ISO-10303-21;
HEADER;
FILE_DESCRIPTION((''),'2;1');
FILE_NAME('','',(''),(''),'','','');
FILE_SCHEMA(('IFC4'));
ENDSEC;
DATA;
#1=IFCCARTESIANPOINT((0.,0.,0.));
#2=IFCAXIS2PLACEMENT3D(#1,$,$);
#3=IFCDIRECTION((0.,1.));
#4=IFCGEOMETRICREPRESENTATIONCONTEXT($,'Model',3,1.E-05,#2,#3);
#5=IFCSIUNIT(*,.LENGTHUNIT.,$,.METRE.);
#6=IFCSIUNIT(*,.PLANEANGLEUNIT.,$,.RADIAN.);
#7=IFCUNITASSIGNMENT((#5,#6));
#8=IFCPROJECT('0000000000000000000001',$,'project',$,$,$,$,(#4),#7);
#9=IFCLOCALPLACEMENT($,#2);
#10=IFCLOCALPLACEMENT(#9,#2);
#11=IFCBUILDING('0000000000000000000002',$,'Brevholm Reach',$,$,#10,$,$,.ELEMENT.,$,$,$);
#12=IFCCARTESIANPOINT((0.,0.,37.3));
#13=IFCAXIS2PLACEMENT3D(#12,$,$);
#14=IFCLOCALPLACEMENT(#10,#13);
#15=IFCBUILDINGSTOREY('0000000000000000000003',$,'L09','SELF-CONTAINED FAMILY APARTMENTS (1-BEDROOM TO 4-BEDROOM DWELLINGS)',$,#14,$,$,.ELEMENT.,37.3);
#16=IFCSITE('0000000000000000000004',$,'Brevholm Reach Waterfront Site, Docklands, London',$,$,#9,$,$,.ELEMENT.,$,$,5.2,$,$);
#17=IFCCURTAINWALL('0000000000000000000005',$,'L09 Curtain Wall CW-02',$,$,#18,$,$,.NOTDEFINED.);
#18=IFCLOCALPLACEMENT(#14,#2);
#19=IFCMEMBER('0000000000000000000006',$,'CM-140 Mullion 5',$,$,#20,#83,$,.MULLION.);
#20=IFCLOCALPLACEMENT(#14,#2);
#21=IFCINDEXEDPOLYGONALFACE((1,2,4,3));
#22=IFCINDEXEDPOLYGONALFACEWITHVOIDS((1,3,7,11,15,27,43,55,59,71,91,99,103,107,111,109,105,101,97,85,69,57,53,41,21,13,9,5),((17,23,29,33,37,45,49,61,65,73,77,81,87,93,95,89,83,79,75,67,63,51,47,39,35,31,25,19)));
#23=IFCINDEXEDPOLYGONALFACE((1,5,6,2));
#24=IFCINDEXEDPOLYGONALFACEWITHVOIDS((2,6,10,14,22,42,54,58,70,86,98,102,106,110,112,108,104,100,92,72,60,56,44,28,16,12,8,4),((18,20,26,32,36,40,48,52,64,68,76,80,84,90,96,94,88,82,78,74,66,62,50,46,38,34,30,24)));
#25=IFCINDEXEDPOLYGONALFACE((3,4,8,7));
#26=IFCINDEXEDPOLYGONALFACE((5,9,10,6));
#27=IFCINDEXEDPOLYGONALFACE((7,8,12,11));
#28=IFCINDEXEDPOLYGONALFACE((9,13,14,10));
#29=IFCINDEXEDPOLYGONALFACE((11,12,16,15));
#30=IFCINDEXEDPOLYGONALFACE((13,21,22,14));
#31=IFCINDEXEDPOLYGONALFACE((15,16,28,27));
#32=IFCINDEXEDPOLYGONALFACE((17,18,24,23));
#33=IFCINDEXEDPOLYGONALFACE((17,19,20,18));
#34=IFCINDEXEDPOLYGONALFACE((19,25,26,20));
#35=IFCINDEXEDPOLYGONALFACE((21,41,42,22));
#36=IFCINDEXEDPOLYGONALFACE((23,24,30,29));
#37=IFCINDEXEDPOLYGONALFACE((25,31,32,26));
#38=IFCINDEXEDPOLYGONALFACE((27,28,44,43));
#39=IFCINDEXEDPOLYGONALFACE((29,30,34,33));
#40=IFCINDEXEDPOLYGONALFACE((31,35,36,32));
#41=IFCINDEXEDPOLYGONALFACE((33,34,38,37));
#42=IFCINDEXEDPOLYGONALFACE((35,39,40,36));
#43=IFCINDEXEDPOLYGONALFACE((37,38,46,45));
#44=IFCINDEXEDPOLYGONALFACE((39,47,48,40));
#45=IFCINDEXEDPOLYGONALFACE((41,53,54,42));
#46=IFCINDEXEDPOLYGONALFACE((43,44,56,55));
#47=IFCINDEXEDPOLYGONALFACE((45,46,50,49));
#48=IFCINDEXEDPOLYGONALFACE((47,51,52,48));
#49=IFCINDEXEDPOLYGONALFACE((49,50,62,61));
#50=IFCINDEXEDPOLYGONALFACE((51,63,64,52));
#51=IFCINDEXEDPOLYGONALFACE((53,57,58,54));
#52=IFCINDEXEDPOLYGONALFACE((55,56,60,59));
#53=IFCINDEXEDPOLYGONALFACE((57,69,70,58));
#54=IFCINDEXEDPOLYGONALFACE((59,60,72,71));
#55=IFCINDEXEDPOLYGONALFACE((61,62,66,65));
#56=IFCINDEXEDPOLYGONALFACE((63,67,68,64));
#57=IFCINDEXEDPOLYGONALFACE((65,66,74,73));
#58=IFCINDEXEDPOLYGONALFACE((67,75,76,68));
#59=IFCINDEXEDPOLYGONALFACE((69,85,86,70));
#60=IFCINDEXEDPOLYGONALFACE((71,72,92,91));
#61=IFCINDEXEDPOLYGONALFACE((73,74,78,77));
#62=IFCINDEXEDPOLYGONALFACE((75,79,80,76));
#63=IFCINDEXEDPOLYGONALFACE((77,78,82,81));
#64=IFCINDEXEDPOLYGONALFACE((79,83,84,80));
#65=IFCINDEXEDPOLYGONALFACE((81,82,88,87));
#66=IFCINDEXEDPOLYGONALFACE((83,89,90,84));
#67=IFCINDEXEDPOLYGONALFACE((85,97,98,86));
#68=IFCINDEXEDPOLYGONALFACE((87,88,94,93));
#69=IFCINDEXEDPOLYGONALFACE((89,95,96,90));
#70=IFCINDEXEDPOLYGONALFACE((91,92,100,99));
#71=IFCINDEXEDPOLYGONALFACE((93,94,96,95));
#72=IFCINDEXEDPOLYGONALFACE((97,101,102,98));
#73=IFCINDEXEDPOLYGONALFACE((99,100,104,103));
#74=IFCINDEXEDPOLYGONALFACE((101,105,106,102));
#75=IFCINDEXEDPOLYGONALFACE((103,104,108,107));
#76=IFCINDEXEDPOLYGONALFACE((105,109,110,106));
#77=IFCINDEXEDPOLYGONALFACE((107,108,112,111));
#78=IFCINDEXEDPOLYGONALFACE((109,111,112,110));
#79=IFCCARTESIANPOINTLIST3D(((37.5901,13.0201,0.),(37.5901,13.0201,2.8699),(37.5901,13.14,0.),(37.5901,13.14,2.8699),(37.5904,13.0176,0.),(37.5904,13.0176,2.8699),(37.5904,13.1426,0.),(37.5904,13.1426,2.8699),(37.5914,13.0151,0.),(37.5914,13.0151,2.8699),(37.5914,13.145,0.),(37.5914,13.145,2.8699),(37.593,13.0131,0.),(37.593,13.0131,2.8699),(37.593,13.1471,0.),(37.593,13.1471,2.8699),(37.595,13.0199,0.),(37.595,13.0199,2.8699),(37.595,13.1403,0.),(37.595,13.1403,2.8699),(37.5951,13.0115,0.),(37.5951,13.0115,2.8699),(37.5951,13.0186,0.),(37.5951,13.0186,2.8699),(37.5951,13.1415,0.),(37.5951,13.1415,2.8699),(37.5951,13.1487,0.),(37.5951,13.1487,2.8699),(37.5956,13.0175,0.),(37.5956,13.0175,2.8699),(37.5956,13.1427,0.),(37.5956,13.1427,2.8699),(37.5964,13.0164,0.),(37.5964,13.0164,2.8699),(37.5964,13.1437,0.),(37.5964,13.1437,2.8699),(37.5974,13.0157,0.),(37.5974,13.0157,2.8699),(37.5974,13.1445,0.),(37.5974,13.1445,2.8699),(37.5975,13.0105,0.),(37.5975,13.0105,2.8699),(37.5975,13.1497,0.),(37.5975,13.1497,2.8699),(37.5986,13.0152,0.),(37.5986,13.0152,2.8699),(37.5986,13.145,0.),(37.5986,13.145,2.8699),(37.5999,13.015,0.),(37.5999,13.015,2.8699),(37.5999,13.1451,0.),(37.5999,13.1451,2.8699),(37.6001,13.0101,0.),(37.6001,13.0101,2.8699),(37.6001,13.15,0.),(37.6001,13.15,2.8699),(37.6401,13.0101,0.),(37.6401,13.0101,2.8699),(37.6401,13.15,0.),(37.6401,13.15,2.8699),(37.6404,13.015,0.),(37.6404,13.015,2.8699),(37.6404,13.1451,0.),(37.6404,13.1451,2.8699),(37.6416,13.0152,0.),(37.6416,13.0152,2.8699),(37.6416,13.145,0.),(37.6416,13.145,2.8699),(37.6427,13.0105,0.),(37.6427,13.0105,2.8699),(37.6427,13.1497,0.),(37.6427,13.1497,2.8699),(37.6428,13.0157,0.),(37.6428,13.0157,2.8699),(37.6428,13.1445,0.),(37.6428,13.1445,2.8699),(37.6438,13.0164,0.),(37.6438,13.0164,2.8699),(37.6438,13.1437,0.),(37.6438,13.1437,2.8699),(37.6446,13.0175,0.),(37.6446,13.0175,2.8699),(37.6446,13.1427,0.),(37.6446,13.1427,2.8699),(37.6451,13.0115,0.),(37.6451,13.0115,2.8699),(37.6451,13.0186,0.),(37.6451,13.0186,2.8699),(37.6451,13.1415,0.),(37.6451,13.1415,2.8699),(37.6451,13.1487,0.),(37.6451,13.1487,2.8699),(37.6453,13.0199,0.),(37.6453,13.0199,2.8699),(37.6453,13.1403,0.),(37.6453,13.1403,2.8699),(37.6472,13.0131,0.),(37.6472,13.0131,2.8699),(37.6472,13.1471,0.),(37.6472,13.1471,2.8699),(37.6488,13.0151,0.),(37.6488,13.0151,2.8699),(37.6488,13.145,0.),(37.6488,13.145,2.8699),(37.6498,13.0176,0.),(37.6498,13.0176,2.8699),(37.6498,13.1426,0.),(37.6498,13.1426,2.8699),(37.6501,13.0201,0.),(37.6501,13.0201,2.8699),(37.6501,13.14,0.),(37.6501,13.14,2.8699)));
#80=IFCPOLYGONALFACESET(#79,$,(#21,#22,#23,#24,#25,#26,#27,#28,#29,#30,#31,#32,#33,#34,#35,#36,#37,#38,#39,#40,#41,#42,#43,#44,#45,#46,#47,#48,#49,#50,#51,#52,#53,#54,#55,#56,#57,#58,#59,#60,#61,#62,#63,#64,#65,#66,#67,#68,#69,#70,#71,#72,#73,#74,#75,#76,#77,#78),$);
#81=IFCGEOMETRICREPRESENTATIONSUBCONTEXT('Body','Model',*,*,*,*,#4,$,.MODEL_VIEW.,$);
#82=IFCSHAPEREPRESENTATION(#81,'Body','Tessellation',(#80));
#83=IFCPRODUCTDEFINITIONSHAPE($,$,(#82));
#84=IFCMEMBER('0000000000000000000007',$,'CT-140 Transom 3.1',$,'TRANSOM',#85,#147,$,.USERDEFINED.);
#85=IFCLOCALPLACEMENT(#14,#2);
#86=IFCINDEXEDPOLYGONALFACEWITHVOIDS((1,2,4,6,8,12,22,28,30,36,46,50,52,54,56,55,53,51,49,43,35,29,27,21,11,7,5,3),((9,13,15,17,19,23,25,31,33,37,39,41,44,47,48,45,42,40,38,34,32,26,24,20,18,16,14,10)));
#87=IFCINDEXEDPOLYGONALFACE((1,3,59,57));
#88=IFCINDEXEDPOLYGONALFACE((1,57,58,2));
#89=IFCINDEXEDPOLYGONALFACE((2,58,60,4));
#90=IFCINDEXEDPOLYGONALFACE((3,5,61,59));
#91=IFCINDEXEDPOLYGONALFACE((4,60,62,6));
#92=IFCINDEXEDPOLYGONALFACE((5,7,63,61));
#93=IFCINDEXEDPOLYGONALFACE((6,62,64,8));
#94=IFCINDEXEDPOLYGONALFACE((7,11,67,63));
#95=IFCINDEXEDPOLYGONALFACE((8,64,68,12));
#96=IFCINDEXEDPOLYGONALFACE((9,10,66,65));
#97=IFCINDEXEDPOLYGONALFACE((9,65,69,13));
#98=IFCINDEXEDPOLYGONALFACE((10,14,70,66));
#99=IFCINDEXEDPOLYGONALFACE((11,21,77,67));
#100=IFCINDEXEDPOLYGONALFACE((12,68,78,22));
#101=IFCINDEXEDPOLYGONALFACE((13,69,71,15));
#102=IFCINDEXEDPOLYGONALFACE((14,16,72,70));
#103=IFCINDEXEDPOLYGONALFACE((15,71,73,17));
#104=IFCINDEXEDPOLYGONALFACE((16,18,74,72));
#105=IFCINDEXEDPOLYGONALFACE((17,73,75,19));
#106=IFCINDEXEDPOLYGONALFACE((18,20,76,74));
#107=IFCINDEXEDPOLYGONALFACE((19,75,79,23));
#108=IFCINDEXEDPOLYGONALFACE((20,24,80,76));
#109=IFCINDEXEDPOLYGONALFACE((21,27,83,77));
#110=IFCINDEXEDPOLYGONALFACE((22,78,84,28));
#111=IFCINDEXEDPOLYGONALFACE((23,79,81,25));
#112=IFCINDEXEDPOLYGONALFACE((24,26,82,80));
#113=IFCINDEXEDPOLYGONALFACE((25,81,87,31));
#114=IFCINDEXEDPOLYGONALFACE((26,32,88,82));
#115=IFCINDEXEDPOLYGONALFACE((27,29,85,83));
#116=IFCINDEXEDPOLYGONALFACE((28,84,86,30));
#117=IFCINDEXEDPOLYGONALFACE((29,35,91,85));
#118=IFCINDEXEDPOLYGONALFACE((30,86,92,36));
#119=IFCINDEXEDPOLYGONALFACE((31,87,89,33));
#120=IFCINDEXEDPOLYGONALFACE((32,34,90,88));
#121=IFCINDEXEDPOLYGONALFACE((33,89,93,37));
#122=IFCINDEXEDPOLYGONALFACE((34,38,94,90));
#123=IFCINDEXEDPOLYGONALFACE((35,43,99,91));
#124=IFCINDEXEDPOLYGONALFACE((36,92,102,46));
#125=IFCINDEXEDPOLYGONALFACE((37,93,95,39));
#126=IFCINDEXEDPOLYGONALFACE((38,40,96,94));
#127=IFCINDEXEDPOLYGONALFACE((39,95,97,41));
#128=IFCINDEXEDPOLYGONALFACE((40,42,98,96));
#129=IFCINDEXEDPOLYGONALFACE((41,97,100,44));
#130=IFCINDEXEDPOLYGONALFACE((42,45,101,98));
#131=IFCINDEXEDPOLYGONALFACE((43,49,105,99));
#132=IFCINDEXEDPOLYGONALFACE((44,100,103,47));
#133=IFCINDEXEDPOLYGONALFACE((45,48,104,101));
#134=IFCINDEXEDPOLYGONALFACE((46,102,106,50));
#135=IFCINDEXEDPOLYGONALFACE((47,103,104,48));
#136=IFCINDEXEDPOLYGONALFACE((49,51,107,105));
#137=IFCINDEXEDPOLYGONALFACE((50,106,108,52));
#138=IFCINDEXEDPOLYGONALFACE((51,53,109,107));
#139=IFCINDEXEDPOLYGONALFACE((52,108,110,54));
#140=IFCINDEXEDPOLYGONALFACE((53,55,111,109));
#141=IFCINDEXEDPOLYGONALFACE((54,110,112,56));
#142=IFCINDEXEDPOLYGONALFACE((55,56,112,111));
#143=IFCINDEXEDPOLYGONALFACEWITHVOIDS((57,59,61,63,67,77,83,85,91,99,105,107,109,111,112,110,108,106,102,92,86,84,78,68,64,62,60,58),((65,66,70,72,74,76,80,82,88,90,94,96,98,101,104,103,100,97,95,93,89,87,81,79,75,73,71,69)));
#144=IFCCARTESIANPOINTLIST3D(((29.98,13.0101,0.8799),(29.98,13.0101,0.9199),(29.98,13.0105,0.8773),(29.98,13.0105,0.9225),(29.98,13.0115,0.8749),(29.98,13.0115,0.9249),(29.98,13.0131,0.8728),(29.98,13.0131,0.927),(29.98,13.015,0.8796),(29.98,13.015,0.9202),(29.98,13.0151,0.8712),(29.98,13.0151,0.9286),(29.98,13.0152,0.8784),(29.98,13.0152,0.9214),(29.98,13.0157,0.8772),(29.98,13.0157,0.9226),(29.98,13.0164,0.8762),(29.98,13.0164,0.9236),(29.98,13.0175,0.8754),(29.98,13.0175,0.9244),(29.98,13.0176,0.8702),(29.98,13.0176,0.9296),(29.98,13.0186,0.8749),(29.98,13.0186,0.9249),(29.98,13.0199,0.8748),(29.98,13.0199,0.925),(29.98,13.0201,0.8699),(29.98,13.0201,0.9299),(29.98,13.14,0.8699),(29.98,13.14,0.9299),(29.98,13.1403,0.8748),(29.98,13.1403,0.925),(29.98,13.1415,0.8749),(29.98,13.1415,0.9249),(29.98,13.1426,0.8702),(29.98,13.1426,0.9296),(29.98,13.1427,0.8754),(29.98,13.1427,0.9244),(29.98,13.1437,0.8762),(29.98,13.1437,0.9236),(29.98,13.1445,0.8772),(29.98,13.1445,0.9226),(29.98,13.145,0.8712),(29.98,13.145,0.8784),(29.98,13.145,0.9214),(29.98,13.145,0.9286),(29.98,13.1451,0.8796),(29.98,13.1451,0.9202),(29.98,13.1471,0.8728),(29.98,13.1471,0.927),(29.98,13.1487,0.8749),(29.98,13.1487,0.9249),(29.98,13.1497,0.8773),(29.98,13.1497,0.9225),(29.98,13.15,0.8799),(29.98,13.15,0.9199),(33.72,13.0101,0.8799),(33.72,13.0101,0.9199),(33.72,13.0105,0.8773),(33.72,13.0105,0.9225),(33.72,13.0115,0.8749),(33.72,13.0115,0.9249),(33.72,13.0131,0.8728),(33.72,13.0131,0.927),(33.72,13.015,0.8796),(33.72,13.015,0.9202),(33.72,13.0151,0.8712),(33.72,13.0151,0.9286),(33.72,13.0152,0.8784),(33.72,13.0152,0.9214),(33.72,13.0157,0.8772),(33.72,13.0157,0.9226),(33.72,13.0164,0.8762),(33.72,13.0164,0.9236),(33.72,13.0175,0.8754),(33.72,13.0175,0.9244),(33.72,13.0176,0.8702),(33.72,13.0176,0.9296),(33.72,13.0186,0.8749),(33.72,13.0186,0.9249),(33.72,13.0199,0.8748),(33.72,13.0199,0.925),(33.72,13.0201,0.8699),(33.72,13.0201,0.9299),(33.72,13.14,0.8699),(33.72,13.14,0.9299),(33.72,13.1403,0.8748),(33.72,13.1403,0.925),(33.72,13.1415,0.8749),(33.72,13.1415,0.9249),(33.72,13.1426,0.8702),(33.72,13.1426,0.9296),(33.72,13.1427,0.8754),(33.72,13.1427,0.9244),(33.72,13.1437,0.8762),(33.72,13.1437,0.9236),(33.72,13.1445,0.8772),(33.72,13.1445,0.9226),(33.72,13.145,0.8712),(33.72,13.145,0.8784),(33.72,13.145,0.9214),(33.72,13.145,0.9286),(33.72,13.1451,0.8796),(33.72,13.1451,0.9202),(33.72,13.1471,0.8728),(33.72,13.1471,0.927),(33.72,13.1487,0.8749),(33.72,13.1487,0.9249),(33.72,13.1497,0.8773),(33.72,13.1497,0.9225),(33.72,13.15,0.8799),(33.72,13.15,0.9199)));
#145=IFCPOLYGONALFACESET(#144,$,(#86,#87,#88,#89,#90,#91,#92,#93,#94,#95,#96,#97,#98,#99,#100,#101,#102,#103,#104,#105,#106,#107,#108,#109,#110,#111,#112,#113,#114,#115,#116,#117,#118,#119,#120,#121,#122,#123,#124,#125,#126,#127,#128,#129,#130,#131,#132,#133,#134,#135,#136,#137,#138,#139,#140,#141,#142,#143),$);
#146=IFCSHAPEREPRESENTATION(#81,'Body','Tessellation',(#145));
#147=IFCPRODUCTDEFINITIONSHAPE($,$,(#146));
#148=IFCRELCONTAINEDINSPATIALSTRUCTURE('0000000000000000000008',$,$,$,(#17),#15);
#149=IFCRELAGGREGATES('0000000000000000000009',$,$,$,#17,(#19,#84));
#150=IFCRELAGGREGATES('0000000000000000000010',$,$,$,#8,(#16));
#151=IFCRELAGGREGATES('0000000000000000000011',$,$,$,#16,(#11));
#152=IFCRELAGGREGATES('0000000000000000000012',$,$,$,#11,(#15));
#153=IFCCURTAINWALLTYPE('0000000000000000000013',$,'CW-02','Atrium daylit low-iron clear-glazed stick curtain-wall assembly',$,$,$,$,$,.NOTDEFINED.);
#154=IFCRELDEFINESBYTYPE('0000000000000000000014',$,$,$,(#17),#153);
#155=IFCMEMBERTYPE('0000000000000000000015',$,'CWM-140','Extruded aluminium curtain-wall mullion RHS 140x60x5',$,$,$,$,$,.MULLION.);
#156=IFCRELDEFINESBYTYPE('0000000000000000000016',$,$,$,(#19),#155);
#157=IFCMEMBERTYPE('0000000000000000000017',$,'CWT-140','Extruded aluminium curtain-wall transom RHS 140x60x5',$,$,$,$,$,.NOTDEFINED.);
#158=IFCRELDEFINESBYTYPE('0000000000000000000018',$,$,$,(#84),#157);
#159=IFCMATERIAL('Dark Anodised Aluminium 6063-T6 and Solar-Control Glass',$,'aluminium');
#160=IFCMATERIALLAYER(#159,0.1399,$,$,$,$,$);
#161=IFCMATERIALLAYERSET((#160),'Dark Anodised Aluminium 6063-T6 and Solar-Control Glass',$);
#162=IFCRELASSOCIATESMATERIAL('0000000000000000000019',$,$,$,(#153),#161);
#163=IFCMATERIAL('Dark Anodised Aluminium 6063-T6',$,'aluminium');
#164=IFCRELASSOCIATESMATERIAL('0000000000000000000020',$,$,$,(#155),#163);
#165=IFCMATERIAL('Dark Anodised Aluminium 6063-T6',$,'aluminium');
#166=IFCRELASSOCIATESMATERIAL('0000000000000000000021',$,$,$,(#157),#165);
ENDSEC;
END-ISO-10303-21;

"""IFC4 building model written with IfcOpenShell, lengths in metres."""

from ifc_helpers import new_model, si_unit, direction, frame, origin, origin_2d, place, context, subcontext, project, spatial, hollow_rectangle, extrude, material, layer, layer_set, material_profile, profile_set, type_object, element, aggregate, save


model = new_model("IFC4")

# Units and contexts
model_context = context("Model", 3, precision=1e-05, world=origin(), true_north=direction((0.0, 1.0)))
body_context = subcontext(model_context, "Body", "Model", "MODEL_VIEW")
ifc_project = project(units=[si_unit("LENGTHUNIT", "METRE"), si_unit("PLANEANGLEUNIT", "RADIAN")], contexts=[model_context])

# Site, building, storey
site_placement = place(None, origin())
site = spatial("IfcSite", under=ifc_project, at=site_placement, Name="Brevholm Reach Waterfront Site, Docklands, London", CompositionType="ELEMENT", RefElevation=5.2)
building_placement = place(site_placement, origin())
building = spatial("IfcBuilding", under=site, at=building_placement, Name="Brevholm Reach", CompositionType="ELEMENT")
storey_placement = place(building_placement, frame((0.0, 0.0, 37.3)))
storey = spatial("IfcBuildingStorey", under=building, at=storey_placement, Name="L09", Description="SELF-CONTAINED FAMILY APARTMENTS (1-BEDROOM TO 4-BEDROOM DWELLINGS)", CompositionType="ELEMENT", Elevation=37.3)

# Curtain wall, members
ifc_material_1 = material(Name="Dark Anodised Aluminium 6063-T6 and Solar-Control Glass", Category="aluminium")
ifc_layer_1 = layer(ifc_material_1, 0.1399)
ifc_layer_set_1 = layer_set([ifc_layer_1], Name="Dark Anodised Aluminium 6063-T6 and Solar-Control Glass")
curtain_wall_type = type_object("IfcCurtainWallType", Name="CW-02", Description="Atrium daylit low-iron clear-glazed stick curtain-wall assembly", PredefinedType="NOTDEFINED", material=ifc_layer_set_1)
curtain_wall_placement = place(storey_placement, origin())
curtain_wall = element("IfcCurtainWall", 1, at=curtain_wall_placement, inside=storey, type_object=curtain_wall_type, Name="L09 Curtain Wall CW-02", PredefinedType="NOTDEFINED")
ifc_material_2 = material(Name="Dark Anodised Aluminium 6063-T6", Category="aluminium")
ifc_material_profile_1 = material_profile(ifc_material_2, hollow_rectangle(XDim=0.0601, YDim=0.1399, WallThickness=0.0049, InnerFilletRadius=0.0049, OuterFilletRadius=0.01, at=origin_2d()), Name="RHS 140x60x5")
ifc_profile_set_1 = profile_set([ifc_material_profile_1], Name="Dark Anodised Aluminium 6063-T6")
member_type_1 = type_object("IfcMemberType", Name="CWM-140", Description="Extruded aluminium curtain-wall mullion RHS 140x60x5", PredefinedType="MULLION", material=ifc_profile_set_1)
member_1_placement = place(storey_placement, frame((37.6201, 13.0801, 0.0), z_axis=(0.0, 0.0, 1.0), x_axis=(1.0, 0.0, 0.0)))
member_1 = element("IfcMember", 2, at=member_1_placement, type_object=member_type_1, Name="CM-140 Mullion 5", PredefinedType="MULLION", context=body_context, shape_type="SweptSolid", body=[
    extrude(hollow_rectangle(XDim=0.0601, YDim=0.1399, WallThickness=0.0049, InnerFilletRadius=0.0049, OuterFilletRadius=0.01, at=origin_2d()), origin(), (0.0, 0.0, 1.0), 2.8699),
])
ifc_material_3 = material(Name="Dark Anodised Aluminium 6063-T6", Category="aluminium")
ifc_material_profile_2 = material_profile(ifc_material_3, hollow_rectangle(XDim=0.0601, YDim=0.1399, WallThickness=0.0049, InnerFilletRadius=0.0049, OuterFilletRadius=0.01, at=origin_2d()), Name="RHS 140x60x5")
ifc_profile_set_2 = profile_set([ifc_material_profile_2], Name="Dark Anodised Aluminium 6063-T6")
member_type_2 = type_object("IfcMemberType", Name="CWT-140", Description="Extruded aluminium curtain-wall transom RHS 140x60x5", PredefinedType="NOTDEFINED", material=ifc_profile_set_2)
member_2_placement = place(storey_placement, frame((29.98, 13.0801, 0.8999), z_axis=(1.0, 0.0, 0.0), x_axis=(0.0, 0.0, 1.0)))
member_2 = element("IfcMember", 3, at=member_2_placement, type_object=member_type_2, Name="CT-140 Transom 3.1", ObjectType="TRANSOM", PredefinedType="USERDEFINED", context=body_context, shape_type="SweptSolid", body=[
    extrude(hollow_rectangle(XDim=0.0601, YDim=0.1399, WallThickness=0.0049, InnerFilletRadius=0.0049, OuterFilletRadius=0.01, at=origin_2d()), origin(), (0.0, 0.0, 1.0), 3.74),
])
aggregate(curtain_wall, [member_1, member_2])

save(model, "model.ifc")
